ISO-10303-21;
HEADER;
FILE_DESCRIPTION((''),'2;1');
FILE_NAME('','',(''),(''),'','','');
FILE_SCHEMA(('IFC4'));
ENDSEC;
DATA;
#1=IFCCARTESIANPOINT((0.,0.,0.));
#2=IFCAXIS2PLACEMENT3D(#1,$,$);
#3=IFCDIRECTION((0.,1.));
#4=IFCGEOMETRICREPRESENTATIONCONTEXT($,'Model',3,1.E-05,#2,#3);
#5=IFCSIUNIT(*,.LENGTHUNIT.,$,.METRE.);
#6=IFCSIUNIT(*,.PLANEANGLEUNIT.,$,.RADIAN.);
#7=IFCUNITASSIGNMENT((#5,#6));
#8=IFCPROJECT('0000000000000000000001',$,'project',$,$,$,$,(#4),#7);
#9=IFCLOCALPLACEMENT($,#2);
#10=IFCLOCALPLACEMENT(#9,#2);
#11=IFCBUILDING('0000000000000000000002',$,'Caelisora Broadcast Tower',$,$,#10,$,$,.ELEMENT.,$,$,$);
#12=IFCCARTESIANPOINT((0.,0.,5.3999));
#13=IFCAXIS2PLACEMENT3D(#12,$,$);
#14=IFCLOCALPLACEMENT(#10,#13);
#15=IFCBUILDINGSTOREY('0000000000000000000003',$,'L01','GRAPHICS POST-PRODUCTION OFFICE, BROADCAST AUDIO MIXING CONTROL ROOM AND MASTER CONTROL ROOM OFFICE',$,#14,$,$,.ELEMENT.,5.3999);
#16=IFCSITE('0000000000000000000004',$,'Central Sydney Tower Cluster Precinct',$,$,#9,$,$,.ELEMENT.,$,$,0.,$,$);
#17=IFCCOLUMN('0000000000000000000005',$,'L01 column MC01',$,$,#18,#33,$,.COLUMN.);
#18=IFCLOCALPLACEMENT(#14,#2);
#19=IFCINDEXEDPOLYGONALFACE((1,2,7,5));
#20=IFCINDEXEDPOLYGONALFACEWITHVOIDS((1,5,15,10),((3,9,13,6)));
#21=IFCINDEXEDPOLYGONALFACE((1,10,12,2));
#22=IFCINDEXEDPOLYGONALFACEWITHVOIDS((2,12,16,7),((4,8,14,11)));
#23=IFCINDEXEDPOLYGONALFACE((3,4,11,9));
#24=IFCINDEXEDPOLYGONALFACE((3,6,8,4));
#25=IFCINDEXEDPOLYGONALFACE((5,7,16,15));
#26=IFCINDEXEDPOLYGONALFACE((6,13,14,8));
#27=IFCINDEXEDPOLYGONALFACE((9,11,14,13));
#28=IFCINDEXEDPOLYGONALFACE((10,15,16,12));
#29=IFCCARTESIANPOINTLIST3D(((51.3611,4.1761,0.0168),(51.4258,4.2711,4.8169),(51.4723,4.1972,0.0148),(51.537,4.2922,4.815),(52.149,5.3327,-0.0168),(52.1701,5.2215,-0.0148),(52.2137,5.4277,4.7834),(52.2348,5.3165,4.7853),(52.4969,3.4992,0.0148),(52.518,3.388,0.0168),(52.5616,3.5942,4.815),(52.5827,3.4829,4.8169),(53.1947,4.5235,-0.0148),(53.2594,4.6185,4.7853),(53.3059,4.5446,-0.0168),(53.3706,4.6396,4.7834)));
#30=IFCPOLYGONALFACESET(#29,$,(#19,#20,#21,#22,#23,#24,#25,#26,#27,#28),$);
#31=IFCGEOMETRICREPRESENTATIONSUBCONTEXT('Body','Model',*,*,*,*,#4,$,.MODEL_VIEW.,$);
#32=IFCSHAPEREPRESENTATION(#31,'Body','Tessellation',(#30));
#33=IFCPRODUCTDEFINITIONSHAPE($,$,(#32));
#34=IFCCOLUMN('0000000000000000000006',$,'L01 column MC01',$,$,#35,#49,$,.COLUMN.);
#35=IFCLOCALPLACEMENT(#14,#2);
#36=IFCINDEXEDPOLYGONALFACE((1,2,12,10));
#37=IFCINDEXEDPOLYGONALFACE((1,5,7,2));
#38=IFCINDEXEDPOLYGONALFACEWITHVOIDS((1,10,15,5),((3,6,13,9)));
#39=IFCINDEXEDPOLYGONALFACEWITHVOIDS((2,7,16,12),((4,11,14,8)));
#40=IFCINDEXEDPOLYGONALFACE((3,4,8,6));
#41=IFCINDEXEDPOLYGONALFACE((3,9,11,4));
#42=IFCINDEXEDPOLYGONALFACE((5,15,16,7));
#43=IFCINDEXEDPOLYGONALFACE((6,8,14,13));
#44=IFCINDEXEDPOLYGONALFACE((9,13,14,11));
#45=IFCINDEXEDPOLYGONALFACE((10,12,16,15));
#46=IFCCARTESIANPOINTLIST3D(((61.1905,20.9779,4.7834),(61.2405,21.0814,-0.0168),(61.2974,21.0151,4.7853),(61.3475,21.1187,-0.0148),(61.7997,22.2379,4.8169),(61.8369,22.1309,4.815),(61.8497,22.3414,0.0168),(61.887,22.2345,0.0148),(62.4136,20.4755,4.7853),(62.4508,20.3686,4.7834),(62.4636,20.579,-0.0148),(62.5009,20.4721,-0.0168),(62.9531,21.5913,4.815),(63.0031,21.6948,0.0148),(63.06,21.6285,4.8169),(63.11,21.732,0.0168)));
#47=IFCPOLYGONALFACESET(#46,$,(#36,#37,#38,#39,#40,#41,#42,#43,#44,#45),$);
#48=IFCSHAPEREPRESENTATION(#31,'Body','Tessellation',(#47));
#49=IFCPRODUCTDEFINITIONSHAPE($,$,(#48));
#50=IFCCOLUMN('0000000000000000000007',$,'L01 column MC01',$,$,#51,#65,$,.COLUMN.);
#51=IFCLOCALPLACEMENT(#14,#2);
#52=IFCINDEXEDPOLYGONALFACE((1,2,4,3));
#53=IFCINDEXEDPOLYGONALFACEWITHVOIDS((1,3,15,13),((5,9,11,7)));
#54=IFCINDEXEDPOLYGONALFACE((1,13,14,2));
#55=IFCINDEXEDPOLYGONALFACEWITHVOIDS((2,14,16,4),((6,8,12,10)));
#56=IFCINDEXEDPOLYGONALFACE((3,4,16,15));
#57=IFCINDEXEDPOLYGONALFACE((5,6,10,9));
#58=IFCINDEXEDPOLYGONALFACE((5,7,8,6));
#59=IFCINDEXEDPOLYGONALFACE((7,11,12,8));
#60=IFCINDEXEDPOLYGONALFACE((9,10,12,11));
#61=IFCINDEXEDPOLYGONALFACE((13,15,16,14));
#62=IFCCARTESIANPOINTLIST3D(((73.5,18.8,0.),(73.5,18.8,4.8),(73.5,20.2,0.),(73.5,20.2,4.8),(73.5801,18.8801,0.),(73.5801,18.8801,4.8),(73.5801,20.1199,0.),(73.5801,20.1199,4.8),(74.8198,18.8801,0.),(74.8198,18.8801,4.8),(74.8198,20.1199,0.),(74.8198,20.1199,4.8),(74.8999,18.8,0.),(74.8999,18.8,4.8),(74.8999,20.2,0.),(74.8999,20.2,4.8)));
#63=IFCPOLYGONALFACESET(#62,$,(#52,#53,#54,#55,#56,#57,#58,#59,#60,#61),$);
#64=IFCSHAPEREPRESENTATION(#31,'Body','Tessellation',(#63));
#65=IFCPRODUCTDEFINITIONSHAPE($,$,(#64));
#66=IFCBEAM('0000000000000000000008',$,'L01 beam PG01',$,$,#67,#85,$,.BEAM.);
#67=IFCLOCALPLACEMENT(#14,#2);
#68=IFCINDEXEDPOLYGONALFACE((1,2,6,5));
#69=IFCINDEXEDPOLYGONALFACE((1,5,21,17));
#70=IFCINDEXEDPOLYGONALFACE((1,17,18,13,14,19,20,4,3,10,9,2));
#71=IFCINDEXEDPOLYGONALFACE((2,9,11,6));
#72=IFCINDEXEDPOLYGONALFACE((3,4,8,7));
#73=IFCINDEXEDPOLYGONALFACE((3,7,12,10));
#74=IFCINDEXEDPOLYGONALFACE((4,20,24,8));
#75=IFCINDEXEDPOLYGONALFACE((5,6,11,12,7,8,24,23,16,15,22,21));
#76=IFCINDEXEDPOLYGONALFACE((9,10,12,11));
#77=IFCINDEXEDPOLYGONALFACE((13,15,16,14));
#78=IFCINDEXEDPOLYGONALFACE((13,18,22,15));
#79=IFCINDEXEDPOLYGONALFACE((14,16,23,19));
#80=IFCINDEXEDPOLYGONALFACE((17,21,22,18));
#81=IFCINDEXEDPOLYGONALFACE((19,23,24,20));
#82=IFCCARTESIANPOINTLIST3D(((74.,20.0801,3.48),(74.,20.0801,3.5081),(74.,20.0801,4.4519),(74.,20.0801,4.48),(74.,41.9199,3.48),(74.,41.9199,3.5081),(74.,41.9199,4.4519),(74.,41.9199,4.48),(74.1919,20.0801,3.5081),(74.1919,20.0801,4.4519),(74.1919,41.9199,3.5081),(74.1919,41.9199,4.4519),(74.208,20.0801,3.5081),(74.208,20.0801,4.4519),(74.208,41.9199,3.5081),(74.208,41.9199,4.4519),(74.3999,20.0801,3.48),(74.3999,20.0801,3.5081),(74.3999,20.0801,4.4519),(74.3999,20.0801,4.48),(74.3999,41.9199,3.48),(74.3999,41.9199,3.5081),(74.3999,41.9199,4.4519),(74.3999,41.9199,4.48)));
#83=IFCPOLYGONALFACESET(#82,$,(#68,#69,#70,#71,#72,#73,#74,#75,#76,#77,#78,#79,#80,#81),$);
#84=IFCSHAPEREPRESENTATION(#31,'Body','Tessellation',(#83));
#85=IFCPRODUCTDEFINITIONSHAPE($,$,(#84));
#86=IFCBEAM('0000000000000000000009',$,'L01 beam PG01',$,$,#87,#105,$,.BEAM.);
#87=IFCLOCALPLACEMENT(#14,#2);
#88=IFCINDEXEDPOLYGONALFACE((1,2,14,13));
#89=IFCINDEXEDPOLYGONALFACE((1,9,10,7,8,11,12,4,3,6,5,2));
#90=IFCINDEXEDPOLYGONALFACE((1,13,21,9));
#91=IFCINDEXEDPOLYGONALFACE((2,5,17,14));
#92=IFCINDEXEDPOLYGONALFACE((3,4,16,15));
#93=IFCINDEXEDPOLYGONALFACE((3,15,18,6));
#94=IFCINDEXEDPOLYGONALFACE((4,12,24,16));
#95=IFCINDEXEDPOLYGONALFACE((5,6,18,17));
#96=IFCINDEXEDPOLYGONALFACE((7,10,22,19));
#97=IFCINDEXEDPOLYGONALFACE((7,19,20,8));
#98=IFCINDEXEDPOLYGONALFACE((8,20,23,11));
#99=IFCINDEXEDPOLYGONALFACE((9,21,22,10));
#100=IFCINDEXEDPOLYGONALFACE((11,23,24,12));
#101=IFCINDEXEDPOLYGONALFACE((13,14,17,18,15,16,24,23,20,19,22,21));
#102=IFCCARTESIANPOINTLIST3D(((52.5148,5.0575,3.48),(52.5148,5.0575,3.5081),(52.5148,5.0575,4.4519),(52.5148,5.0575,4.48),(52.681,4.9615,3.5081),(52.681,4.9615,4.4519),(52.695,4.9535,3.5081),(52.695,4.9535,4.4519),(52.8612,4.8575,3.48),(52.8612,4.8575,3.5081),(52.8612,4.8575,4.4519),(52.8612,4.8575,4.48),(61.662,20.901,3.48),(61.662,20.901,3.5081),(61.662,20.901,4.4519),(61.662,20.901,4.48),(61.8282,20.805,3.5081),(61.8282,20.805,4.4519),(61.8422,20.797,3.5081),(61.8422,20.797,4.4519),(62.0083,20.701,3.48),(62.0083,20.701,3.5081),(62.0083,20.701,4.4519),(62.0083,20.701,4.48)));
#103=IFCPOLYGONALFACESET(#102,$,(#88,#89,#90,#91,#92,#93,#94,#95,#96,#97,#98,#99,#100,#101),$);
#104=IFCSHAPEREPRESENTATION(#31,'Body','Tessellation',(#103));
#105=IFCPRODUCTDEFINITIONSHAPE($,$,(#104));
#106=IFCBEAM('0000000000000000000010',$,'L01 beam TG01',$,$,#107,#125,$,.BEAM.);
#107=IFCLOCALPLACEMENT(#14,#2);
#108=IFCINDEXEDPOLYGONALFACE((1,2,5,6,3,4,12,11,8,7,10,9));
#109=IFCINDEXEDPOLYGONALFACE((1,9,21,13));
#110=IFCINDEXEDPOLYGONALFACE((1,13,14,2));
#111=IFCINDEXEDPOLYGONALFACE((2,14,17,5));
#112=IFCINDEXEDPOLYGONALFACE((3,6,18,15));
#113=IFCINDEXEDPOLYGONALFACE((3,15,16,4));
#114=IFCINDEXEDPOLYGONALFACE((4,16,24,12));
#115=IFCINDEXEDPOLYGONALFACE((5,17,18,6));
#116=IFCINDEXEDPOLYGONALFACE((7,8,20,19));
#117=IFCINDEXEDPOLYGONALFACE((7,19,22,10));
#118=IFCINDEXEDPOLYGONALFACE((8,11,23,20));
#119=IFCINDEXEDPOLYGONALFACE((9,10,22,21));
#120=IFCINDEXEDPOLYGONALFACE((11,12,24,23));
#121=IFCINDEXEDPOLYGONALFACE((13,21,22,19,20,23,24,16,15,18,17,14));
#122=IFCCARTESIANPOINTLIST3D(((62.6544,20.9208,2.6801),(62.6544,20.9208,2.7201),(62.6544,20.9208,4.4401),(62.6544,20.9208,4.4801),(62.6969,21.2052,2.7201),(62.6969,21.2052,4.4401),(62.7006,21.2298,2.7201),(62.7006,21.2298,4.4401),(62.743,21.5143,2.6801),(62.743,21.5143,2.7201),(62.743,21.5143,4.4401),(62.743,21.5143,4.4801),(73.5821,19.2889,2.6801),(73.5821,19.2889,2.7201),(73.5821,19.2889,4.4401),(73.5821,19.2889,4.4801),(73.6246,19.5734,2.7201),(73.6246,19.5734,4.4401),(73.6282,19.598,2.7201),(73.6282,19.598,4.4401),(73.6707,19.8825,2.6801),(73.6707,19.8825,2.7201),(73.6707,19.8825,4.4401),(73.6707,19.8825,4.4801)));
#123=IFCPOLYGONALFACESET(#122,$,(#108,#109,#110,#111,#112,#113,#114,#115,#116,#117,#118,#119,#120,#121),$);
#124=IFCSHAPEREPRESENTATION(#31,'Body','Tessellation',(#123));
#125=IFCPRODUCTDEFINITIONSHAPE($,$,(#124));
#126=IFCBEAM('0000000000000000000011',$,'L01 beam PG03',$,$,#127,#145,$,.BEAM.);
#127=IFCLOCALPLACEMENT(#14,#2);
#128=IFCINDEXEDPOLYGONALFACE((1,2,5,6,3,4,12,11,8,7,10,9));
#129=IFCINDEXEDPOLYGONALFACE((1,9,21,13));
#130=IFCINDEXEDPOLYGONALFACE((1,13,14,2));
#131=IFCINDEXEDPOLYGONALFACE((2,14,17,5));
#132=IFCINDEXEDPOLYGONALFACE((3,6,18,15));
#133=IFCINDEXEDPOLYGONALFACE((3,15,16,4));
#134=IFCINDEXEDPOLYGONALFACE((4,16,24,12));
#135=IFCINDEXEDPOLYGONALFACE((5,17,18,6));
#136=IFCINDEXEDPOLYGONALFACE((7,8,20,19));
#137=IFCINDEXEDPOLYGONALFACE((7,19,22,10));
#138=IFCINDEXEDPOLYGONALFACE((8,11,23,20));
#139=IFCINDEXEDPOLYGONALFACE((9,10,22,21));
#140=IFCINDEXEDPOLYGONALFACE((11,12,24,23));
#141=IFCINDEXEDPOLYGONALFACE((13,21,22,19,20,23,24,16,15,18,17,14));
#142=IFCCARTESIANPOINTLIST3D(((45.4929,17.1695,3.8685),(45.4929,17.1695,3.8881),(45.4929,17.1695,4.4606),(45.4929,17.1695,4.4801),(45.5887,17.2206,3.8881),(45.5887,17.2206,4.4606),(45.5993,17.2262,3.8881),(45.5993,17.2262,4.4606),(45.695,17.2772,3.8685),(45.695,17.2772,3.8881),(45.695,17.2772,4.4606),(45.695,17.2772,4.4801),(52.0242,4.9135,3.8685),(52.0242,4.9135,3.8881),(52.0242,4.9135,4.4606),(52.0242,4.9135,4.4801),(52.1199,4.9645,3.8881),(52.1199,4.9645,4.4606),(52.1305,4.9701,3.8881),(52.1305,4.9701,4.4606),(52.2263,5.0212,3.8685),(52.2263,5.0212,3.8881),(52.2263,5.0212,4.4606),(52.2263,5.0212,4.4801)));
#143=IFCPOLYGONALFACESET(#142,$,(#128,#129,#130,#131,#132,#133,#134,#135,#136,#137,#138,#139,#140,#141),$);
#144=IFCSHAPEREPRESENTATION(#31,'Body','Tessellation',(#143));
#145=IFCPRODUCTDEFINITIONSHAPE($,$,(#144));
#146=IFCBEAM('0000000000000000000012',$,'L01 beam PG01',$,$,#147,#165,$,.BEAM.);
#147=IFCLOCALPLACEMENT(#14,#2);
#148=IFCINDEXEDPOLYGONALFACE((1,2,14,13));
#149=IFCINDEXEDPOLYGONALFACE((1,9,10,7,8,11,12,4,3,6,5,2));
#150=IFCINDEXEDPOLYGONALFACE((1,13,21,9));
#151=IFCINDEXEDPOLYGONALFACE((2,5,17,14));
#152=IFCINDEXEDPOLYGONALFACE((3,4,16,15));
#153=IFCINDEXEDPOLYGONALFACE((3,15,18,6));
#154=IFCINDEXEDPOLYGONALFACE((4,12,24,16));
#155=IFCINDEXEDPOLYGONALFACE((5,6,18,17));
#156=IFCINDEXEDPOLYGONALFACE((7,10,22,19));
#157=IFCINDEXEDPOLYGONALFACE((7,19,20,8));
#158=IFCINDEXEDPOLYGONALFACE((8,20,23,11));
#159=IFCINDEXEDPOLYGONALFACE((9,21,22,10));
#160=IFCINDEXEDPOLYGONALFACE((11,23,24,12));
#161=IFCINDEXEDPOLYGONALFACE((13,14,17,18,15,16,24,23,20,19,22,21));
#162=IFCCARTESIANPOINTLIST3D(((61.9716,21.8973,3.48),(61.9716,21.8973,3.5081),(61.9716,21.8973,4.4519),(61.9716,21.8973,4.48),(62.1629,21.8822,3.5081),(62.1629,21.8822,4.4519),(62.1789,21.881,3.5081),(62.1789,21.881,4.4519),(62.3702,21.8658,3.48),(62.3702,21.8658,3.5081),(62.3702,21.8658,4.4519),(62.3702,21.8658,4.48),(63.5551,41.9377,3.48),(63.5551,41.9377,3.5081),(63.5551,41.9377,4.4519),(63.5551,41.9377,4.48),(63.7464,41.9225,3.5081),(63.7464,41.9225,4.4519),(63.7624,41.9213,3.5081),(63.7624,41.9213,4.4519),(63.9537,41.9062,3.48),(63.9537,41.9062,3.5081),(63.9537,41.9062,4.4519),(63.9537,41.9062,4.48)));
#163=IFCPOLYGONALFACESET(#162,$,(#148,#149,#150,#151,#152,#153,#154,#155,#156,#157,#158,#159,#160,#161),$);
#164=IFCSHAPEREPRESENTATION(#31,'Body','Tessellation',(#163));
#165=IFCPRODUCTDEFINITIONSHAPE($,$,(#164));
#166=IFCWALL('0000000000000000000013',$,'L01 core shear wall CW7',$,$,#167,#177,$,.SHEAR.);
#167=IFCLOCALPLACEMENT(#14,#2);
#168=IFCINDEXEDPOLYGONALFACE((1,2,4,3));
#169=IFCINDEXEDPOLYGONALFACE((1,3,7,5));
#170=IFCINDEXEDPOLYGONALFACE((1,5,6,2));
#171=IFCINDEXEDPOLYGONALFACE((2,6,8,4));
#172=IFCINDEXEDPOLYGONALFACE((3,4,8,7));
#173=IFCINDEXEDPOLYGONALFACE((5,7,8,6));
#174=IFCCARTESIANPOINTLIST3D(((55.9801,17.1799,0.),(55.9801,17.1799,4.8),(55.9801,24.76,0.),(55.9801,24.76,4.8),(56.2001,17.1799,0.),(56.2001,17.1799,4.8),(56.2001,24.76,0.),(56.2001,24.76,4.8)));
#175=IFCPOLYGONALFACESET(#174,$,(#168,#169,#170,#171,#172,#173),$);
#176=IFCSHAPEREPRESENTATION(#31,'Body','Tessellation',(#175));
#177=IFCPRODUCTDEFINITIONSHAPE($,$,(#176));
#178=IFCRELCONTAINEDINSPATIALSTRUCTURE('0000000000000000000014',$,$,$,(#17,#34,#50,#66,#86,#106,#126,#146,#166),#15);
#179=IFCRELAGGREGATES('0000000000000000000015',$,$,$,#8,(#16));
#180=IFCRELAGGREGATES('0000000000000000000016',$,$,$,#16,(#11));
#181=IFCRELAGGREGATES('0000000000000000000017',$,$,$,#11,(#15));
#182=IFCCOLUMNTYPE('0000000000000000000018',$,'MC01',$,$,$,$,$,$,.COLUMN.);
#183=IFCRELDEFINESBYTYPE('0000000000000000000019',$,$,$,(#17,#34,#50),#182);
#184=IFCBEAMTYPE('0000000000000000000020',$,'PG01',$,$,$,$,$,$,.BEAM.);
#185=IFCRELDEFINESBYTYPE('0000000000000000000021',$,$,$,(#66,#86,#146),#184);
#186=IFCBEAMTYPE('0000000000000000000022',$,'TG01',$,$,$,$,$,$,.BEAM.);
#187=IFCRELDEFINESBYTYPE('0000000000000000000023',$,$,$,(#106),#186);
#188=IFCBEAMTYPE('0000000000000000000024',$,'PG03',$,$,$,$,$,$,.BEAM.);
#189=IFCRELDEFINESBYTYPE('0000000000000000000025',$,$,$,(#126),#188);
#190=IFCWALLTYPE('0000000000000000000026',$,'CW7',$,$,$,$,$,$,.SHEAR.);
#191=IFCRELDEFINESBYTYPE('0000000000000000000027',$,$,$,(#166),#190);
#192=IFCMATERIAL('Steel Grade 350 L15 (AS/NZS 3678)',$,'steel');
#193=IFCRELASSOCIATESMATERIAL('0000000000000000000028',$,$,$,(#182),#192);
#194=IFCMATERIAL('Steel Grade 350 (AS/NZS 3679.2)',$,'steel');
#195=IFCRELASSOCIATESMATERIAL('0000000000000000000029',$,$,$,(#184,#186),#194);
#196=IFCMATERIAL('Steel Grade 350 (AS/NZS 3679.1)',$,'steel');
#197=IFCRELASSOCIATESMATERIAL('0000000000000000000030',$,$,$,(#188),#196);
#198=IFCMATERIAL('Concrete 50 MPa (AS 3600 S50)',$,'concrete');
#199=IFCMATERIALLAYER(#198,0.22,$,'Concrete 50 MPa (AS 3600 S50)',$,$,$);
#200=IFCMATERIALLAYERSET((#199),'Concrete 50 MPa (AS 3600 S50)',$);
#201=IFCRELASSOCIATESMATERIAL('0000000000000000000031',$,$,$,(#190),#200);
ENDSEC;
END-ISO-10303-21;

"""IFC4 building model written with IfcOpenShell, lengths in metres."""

from ifc_helpers import new_model, si_unit, direction, frame, frame_2d, origin, origin_2d, place, context, subcontext, project, spatial, rectangle, hollow_rectangle, i_section, extrude, source, transform, mapped, material, layer, layer_set, material_profile, profile_set, type_object, type_shapes, element, save


model = new_model("IFC4")

# Units and contexts
model_context = context("Model", 3, precision=1e-05, world=origin(), true_north=direction((0.0, 1.0)))
body_context = subcontext(model_context, "Body", "Model", "MODEL_VIEW")
ifc_project = project(units=[si_unit("LENGTHUNIT", "METRE"), si_unit("PLANEANGLEUNIT", "RADIAN")], contexts=[model_context])

# Site, building, storey
site_placement = place(None, origin())
site = spatial("IfcSite", under=ifc_project, at=site_placement, Name="Central Sydney Tower Cluster Precinct", CompositionType="ELEMENT", RefElevation=0.0)
building_placement = place(site_placement, origin())
building = spatial("IfcBuilding", under=site, at=building_placement, Name="Caelisora Broadcast Tower", CompositionType="ELEMENT")
storey_placement = place(building_placement, frame((0.0, 0.0, 5.3999)))
storey = spatial("IfcBuildingStorey", under=building, at=storey_placement, Name="L01", Description="GRAPHICS POST-PRODUCTION OFFICE, BROADCAST AUDIO MIXING CONTROL ROOM AND MASTER CONTROL ROOM OFFICE", CompositionType="ELEMENT", Elevation=5.3999)

# Columns
ifc_material_1 = material(Name="Steel Grade 350 L15 (AS/NZS 3678)", Category="steel")
ifc_material_profile_1 = material_profile(ifc_material_1, hollow_rectangle(XDim=1.3999, YDim=1.3999, WallThickness=0.0801, at=origin_2d()), Name="Steel Grade 350 L15 (AS/NZS 3678)")
ifc_profile_set_1 = profile_set([ifc_material_profile_1], Name="Steel Grade 350 L15 (AS/NZS 3678)")
column_type = type_object("IfcColumnType", Name="MC01", PredefinedType="COLUMN", material=ifc_profile_set_1)
shared_shape_1 = source(origin(), body_context, "Body", "SweptSolid", [
    extrude(hollow_rectangle(XDim=1.3999, YDim=1.3999, WallThickness=0.0801, at=origin_2d()), origin(), (0.0, 0.0, 1.0), 4.8015),
])
for number, where, z_axis, x_axis, name in (
    (1, (52.3335, 4.3604, 0.0), (0.013475, 0.01978, 0.999714), (-0.826452, 0.563007, 0.0), "L01 column MC01"),
    (2, (62.1753, 21.4067, 0.0), (-0.010424, -0.021559, 0.999713), (0.900293, -0.435283, 0.0), "L01 column MC01"),
):
    element("IfcColumn", number, at=place(storey_placement, frame(where, z_axis=z_axis, x_axis=x_axis)), inside=storey, type_object=column_type, Name=name, PredefinedType="COLUMN", context=body_context, shape_type="MappedRepresentation", body=[
        mapped(shared_shape_1, transform((0.0, 0.0, 0.0), scale=1.0)),
    ])
shared_shape_2 = source(origin(), body_context, "Body", "SweptSolid", [
    extrude(hollow_rectangle(XDim=1.3999, YDim=1.3999, WallThickness=0.0801, at=origin_2d()), origin(), (0.0, 0.0, 1.0), 4.8),
])
type_shapes(column_type, [shared_shape_1, shared_shape_2])
column_placement = place(storey_placement, frame((74.2, 19.5, 0.0), z_axis=(0.0, 0.0, 1.0), x_axis=(1.0, 0.0, 0.0)))
element("IfcColumn", 3, at=column_placement, inside=storey, type_object=column_type, Name="L01 column MC01", PredefinedType="COLUMN", context=body_context, shape_type="MappedRepresentation", body=[
    mapped(shared_shape_2, transform((0.0, 0.0, 0.0), scale=1.0)),
])

# Beams
ifc_material_2 = material(Name="Steel Grade 350 (AS/NZS 3679.2)", Category="steel")
ifc_material_profile_2 = material_profile(ifc_material_2, i_section(OverallWidth=0.3999, OverallDepth=1.0, WebThickness=0.0161, FlangeThickness=0.0281, at=origin_2d()), Name="Steel Grade 350 (AS/NZS 3679.2)")
ifc_profile_set_2 = profile_set([ifc_material_profile_2], Name="Steel Grade 350 (AS/NZS 3679.2)")
beam_type_1 = type_object("IfcBeamType", Name="PG01", PredefinedType="BEAM", material=ifc_profile_set_2)
shared_shape_3 = source(origin(), body_context, "Body", "SweptSolid", [
    extrude(i_section(OverallWidth=0.3999, OverallDepth=1.0, WebThickness=0.0161, FlangeThickness=0.0281, at=origin_2d()), origin(), (0.0, 0.0, 1.0), 21.8398),
])
beam_1_placement = place(storey_placement, frame((74.2, 20.0801, 3.98), z_axis=(0.0, 1.0, 0.0), x_axis=(-1.0, 0.0, 0.0)))
element("IfcBeam", 4, at=beam_1_placement, inside=storey, type_object=beam_type_1, Name="L01 beam PG01", PredefinedType="BEAM", context=body_context, shape_type="MappedRepresentation", body=[
    mapped(shared_shape_3, transform((0.0, 0.0, 0.0), scale=1.0)),
])
shared_shape_4 = source(origin(), body_context, "Body", "SweptSolid", [
    extrude(i_section(OverallWidth=0.3999, OverallDepth=1.0, WebThickness=0.0161, FlangeThickness=0.0281, at=origin_2d()), origin(), (0.0, 0.0, 1.0), 18.2944),
])
beam_2_placement = place(storey_placement, frame((52.688, 4.9575, 3.98), z_axis=(0.499999, 0.866026, 0.0), x_axis=(-0.866026, 0.499999, 0.0)))
element("IfcBeam", 5, at=beam_2_placement, inside=storey, type_object=beam_type_1, Name="L01 beam PG01", PredefinedType="BEAM", context=body_context, shape_type="MappedRepresentation", body=[
    mapped(shared_shape_4, transform((0.0, 0.0, 0.0), scale=1.0)),
])
ifc_material_profile_3 = material_profile(ifc_material_2, i_section(OverallWidth=0.6001, OverallDepth=1.8, WebThickness=0.0249, FlangeThickness=0.04, at=origin_2d()), Name="Steel Grade 350 (AS/NZS 3679.2)")
ifc_profile_set_3 = profile_set([ifc_material_profile_3], Name="Steel Grade 350 (AS/NZS 3679.2)")
beam_type_2 = type_object("IfcBeamType", Name="TG01", PredefinedType="BEAM", material=ifc_profile_set_3)
shared_shape_5 = source(origin(), body_context, "Body", "SweptSolid", [
    extrude(i_section(OverallWidth=0.6001, OverallDepth=1.8, WebThickness=0.0249, FlangeThickness=0.04, at=origin_2d()), origin(), (0.0, 0.0, 1.0), 11.0488),
])
type_shapes(beam_type_2, [shared_shape_5])
beam_3_placement = place(storey_placement, frame((62.6987, 21.2175, 3.5801), z_axis=(0.989033, -0.147692, 0.0), x_axis=(0.147692, 0.989033, 0.0)))
element("IfcBeam", 6, at=beam_3_placement, inside=storey, type_object=beam_type_2, Name="L01 beam TG01", PredefinedType="BEAM", context=body_context, shape_type="MappedRepresentation", body=[
    mapped(shared_shape_5, transform((0.0, 0.0, 0.0), scale=1.0)),
])
ifc_material_3 = material(Name="Steel Grade 350 (AS/NZS 3679.1)", Category="steel")
ifc_material_profile_4 = material_profile(ifc_material_3, i_section(OverallWidth=0.229, OverallDepth=0.6116, WebThickness=0.012, FlangeThickness=0.0195, at=origin_2d()), Name="Steel Grade 350 (AS/NZS 3679.1)")
ifc_profile_set_4 = profile_set([ifc_material_profile_4], Name="Steel Grade 350 (AS/NZS 3679.1)")
beam_type_3 = type_object("IfcBeamType", Name="PG03", PredefinedType="BEAM", material=ifc_profile_set_4)
shared_shape_6 = source(origin(), body_context, "Body", "SweptSolid", [
    extrude(i_section(OverallWidth=0.229, OverallDepth=0.6116, WebThickness=0.012, FlangeThickness=0.0195, at=origin_2d()), origin(), (0.0, 0.0, 1.0), 13.8877),
])
type_shapes(beam_type_3, [shared_shape_6])
beam_4_placement = place(storey_placement, frame((45.594, 17.2234, 4.1743), z_axis=(0.470289, -0.882513, 0.0), x_axis=(0.882513, 0.470289, 0.0)))
element("IfcBeam", 7, at=beam_4_placement, inside=storey, type_object=beam_type_3, Name="L01 beam PG03", PredefinedType="BEAM", context=body_context, shape_type="MappedRepresentation", body=[
    mapped(shared_shape_6, transform((0.0, 0.0, 0.0), scale=1.0)),
])
shared_shape_7 = source(origin(), body_context, "Body", "SweptSolid", [
    extrude(i_section(OverallWidth=0.3999, OverallDepth=1.0, WebThickness=0.0161, FlangeThickness=0.0281, at=origin_2d()), origin(), (0.0, 0.0, 1.0), 20.1028),
])
type_shapes(beam_type_1, [shared_shape_3, shared_shape_4, shared_shape_7])
beam_5_placement = place(storey_placement, frame((62.1709, 21.8816, 3.98), z_axis=(0.07877, 0.996893, 0.0), x_axis=(-0.996893, 0.07877, 0.0)))
element("IfcBeam", 8, at=beam_5_placement, inside=storey, type_object=beam_type_1, Name="L01 beam PG01", PredefinedType="BEAM", context=body_context, shape_type="MappedRepresentation", body=[
    mapped(shared_shape_7, transform((0.0, 0.0, 0.0), scale=1.0)),
])

# Wall
ifc_material_4 = material(Name="Concrete 50 MPa (AS 3600 S50)", Category="concrete")
ifc_layer_1 = layer(ifc_material_4, 0.22, Name="Concrete 50 MPa (AS 3600 S50)")
ifc_layer_set_1 = layer_set([ifc_layer_1], Name="Concrete 50 MPa (AS 3600 S50)")
wall_type_1 = type_object("IfcWallType", Name="CW7", PredefinedType="SHEAR", material=ifc_layer_set_1)
for number, where, z_axis, x_axis, name in (
    (9, (56.0901, 17.1799, 0.0), (0.0, 0.0, 1.0), (0.0, 1.0, 0.0), "L01 core shear wall CW7"),
):
    element("IfcWall", number, at=place(storey_placement, frame(where, z_axis=z_axis, x_axis=x_axis)), inside=storey, type_object=wall_type_1, Name=name, PredefinedType="SHEAR", context=body_context, shape_type="SweptSolid", body=[
        extrude(rectangle(XDim=7.5801, YDim=0.22, at=frame_2d((3.79, 0.0))), origin(), (0.0, 0.0, 1.0), 4.8),
    ])

save(model, "model.ifc")
